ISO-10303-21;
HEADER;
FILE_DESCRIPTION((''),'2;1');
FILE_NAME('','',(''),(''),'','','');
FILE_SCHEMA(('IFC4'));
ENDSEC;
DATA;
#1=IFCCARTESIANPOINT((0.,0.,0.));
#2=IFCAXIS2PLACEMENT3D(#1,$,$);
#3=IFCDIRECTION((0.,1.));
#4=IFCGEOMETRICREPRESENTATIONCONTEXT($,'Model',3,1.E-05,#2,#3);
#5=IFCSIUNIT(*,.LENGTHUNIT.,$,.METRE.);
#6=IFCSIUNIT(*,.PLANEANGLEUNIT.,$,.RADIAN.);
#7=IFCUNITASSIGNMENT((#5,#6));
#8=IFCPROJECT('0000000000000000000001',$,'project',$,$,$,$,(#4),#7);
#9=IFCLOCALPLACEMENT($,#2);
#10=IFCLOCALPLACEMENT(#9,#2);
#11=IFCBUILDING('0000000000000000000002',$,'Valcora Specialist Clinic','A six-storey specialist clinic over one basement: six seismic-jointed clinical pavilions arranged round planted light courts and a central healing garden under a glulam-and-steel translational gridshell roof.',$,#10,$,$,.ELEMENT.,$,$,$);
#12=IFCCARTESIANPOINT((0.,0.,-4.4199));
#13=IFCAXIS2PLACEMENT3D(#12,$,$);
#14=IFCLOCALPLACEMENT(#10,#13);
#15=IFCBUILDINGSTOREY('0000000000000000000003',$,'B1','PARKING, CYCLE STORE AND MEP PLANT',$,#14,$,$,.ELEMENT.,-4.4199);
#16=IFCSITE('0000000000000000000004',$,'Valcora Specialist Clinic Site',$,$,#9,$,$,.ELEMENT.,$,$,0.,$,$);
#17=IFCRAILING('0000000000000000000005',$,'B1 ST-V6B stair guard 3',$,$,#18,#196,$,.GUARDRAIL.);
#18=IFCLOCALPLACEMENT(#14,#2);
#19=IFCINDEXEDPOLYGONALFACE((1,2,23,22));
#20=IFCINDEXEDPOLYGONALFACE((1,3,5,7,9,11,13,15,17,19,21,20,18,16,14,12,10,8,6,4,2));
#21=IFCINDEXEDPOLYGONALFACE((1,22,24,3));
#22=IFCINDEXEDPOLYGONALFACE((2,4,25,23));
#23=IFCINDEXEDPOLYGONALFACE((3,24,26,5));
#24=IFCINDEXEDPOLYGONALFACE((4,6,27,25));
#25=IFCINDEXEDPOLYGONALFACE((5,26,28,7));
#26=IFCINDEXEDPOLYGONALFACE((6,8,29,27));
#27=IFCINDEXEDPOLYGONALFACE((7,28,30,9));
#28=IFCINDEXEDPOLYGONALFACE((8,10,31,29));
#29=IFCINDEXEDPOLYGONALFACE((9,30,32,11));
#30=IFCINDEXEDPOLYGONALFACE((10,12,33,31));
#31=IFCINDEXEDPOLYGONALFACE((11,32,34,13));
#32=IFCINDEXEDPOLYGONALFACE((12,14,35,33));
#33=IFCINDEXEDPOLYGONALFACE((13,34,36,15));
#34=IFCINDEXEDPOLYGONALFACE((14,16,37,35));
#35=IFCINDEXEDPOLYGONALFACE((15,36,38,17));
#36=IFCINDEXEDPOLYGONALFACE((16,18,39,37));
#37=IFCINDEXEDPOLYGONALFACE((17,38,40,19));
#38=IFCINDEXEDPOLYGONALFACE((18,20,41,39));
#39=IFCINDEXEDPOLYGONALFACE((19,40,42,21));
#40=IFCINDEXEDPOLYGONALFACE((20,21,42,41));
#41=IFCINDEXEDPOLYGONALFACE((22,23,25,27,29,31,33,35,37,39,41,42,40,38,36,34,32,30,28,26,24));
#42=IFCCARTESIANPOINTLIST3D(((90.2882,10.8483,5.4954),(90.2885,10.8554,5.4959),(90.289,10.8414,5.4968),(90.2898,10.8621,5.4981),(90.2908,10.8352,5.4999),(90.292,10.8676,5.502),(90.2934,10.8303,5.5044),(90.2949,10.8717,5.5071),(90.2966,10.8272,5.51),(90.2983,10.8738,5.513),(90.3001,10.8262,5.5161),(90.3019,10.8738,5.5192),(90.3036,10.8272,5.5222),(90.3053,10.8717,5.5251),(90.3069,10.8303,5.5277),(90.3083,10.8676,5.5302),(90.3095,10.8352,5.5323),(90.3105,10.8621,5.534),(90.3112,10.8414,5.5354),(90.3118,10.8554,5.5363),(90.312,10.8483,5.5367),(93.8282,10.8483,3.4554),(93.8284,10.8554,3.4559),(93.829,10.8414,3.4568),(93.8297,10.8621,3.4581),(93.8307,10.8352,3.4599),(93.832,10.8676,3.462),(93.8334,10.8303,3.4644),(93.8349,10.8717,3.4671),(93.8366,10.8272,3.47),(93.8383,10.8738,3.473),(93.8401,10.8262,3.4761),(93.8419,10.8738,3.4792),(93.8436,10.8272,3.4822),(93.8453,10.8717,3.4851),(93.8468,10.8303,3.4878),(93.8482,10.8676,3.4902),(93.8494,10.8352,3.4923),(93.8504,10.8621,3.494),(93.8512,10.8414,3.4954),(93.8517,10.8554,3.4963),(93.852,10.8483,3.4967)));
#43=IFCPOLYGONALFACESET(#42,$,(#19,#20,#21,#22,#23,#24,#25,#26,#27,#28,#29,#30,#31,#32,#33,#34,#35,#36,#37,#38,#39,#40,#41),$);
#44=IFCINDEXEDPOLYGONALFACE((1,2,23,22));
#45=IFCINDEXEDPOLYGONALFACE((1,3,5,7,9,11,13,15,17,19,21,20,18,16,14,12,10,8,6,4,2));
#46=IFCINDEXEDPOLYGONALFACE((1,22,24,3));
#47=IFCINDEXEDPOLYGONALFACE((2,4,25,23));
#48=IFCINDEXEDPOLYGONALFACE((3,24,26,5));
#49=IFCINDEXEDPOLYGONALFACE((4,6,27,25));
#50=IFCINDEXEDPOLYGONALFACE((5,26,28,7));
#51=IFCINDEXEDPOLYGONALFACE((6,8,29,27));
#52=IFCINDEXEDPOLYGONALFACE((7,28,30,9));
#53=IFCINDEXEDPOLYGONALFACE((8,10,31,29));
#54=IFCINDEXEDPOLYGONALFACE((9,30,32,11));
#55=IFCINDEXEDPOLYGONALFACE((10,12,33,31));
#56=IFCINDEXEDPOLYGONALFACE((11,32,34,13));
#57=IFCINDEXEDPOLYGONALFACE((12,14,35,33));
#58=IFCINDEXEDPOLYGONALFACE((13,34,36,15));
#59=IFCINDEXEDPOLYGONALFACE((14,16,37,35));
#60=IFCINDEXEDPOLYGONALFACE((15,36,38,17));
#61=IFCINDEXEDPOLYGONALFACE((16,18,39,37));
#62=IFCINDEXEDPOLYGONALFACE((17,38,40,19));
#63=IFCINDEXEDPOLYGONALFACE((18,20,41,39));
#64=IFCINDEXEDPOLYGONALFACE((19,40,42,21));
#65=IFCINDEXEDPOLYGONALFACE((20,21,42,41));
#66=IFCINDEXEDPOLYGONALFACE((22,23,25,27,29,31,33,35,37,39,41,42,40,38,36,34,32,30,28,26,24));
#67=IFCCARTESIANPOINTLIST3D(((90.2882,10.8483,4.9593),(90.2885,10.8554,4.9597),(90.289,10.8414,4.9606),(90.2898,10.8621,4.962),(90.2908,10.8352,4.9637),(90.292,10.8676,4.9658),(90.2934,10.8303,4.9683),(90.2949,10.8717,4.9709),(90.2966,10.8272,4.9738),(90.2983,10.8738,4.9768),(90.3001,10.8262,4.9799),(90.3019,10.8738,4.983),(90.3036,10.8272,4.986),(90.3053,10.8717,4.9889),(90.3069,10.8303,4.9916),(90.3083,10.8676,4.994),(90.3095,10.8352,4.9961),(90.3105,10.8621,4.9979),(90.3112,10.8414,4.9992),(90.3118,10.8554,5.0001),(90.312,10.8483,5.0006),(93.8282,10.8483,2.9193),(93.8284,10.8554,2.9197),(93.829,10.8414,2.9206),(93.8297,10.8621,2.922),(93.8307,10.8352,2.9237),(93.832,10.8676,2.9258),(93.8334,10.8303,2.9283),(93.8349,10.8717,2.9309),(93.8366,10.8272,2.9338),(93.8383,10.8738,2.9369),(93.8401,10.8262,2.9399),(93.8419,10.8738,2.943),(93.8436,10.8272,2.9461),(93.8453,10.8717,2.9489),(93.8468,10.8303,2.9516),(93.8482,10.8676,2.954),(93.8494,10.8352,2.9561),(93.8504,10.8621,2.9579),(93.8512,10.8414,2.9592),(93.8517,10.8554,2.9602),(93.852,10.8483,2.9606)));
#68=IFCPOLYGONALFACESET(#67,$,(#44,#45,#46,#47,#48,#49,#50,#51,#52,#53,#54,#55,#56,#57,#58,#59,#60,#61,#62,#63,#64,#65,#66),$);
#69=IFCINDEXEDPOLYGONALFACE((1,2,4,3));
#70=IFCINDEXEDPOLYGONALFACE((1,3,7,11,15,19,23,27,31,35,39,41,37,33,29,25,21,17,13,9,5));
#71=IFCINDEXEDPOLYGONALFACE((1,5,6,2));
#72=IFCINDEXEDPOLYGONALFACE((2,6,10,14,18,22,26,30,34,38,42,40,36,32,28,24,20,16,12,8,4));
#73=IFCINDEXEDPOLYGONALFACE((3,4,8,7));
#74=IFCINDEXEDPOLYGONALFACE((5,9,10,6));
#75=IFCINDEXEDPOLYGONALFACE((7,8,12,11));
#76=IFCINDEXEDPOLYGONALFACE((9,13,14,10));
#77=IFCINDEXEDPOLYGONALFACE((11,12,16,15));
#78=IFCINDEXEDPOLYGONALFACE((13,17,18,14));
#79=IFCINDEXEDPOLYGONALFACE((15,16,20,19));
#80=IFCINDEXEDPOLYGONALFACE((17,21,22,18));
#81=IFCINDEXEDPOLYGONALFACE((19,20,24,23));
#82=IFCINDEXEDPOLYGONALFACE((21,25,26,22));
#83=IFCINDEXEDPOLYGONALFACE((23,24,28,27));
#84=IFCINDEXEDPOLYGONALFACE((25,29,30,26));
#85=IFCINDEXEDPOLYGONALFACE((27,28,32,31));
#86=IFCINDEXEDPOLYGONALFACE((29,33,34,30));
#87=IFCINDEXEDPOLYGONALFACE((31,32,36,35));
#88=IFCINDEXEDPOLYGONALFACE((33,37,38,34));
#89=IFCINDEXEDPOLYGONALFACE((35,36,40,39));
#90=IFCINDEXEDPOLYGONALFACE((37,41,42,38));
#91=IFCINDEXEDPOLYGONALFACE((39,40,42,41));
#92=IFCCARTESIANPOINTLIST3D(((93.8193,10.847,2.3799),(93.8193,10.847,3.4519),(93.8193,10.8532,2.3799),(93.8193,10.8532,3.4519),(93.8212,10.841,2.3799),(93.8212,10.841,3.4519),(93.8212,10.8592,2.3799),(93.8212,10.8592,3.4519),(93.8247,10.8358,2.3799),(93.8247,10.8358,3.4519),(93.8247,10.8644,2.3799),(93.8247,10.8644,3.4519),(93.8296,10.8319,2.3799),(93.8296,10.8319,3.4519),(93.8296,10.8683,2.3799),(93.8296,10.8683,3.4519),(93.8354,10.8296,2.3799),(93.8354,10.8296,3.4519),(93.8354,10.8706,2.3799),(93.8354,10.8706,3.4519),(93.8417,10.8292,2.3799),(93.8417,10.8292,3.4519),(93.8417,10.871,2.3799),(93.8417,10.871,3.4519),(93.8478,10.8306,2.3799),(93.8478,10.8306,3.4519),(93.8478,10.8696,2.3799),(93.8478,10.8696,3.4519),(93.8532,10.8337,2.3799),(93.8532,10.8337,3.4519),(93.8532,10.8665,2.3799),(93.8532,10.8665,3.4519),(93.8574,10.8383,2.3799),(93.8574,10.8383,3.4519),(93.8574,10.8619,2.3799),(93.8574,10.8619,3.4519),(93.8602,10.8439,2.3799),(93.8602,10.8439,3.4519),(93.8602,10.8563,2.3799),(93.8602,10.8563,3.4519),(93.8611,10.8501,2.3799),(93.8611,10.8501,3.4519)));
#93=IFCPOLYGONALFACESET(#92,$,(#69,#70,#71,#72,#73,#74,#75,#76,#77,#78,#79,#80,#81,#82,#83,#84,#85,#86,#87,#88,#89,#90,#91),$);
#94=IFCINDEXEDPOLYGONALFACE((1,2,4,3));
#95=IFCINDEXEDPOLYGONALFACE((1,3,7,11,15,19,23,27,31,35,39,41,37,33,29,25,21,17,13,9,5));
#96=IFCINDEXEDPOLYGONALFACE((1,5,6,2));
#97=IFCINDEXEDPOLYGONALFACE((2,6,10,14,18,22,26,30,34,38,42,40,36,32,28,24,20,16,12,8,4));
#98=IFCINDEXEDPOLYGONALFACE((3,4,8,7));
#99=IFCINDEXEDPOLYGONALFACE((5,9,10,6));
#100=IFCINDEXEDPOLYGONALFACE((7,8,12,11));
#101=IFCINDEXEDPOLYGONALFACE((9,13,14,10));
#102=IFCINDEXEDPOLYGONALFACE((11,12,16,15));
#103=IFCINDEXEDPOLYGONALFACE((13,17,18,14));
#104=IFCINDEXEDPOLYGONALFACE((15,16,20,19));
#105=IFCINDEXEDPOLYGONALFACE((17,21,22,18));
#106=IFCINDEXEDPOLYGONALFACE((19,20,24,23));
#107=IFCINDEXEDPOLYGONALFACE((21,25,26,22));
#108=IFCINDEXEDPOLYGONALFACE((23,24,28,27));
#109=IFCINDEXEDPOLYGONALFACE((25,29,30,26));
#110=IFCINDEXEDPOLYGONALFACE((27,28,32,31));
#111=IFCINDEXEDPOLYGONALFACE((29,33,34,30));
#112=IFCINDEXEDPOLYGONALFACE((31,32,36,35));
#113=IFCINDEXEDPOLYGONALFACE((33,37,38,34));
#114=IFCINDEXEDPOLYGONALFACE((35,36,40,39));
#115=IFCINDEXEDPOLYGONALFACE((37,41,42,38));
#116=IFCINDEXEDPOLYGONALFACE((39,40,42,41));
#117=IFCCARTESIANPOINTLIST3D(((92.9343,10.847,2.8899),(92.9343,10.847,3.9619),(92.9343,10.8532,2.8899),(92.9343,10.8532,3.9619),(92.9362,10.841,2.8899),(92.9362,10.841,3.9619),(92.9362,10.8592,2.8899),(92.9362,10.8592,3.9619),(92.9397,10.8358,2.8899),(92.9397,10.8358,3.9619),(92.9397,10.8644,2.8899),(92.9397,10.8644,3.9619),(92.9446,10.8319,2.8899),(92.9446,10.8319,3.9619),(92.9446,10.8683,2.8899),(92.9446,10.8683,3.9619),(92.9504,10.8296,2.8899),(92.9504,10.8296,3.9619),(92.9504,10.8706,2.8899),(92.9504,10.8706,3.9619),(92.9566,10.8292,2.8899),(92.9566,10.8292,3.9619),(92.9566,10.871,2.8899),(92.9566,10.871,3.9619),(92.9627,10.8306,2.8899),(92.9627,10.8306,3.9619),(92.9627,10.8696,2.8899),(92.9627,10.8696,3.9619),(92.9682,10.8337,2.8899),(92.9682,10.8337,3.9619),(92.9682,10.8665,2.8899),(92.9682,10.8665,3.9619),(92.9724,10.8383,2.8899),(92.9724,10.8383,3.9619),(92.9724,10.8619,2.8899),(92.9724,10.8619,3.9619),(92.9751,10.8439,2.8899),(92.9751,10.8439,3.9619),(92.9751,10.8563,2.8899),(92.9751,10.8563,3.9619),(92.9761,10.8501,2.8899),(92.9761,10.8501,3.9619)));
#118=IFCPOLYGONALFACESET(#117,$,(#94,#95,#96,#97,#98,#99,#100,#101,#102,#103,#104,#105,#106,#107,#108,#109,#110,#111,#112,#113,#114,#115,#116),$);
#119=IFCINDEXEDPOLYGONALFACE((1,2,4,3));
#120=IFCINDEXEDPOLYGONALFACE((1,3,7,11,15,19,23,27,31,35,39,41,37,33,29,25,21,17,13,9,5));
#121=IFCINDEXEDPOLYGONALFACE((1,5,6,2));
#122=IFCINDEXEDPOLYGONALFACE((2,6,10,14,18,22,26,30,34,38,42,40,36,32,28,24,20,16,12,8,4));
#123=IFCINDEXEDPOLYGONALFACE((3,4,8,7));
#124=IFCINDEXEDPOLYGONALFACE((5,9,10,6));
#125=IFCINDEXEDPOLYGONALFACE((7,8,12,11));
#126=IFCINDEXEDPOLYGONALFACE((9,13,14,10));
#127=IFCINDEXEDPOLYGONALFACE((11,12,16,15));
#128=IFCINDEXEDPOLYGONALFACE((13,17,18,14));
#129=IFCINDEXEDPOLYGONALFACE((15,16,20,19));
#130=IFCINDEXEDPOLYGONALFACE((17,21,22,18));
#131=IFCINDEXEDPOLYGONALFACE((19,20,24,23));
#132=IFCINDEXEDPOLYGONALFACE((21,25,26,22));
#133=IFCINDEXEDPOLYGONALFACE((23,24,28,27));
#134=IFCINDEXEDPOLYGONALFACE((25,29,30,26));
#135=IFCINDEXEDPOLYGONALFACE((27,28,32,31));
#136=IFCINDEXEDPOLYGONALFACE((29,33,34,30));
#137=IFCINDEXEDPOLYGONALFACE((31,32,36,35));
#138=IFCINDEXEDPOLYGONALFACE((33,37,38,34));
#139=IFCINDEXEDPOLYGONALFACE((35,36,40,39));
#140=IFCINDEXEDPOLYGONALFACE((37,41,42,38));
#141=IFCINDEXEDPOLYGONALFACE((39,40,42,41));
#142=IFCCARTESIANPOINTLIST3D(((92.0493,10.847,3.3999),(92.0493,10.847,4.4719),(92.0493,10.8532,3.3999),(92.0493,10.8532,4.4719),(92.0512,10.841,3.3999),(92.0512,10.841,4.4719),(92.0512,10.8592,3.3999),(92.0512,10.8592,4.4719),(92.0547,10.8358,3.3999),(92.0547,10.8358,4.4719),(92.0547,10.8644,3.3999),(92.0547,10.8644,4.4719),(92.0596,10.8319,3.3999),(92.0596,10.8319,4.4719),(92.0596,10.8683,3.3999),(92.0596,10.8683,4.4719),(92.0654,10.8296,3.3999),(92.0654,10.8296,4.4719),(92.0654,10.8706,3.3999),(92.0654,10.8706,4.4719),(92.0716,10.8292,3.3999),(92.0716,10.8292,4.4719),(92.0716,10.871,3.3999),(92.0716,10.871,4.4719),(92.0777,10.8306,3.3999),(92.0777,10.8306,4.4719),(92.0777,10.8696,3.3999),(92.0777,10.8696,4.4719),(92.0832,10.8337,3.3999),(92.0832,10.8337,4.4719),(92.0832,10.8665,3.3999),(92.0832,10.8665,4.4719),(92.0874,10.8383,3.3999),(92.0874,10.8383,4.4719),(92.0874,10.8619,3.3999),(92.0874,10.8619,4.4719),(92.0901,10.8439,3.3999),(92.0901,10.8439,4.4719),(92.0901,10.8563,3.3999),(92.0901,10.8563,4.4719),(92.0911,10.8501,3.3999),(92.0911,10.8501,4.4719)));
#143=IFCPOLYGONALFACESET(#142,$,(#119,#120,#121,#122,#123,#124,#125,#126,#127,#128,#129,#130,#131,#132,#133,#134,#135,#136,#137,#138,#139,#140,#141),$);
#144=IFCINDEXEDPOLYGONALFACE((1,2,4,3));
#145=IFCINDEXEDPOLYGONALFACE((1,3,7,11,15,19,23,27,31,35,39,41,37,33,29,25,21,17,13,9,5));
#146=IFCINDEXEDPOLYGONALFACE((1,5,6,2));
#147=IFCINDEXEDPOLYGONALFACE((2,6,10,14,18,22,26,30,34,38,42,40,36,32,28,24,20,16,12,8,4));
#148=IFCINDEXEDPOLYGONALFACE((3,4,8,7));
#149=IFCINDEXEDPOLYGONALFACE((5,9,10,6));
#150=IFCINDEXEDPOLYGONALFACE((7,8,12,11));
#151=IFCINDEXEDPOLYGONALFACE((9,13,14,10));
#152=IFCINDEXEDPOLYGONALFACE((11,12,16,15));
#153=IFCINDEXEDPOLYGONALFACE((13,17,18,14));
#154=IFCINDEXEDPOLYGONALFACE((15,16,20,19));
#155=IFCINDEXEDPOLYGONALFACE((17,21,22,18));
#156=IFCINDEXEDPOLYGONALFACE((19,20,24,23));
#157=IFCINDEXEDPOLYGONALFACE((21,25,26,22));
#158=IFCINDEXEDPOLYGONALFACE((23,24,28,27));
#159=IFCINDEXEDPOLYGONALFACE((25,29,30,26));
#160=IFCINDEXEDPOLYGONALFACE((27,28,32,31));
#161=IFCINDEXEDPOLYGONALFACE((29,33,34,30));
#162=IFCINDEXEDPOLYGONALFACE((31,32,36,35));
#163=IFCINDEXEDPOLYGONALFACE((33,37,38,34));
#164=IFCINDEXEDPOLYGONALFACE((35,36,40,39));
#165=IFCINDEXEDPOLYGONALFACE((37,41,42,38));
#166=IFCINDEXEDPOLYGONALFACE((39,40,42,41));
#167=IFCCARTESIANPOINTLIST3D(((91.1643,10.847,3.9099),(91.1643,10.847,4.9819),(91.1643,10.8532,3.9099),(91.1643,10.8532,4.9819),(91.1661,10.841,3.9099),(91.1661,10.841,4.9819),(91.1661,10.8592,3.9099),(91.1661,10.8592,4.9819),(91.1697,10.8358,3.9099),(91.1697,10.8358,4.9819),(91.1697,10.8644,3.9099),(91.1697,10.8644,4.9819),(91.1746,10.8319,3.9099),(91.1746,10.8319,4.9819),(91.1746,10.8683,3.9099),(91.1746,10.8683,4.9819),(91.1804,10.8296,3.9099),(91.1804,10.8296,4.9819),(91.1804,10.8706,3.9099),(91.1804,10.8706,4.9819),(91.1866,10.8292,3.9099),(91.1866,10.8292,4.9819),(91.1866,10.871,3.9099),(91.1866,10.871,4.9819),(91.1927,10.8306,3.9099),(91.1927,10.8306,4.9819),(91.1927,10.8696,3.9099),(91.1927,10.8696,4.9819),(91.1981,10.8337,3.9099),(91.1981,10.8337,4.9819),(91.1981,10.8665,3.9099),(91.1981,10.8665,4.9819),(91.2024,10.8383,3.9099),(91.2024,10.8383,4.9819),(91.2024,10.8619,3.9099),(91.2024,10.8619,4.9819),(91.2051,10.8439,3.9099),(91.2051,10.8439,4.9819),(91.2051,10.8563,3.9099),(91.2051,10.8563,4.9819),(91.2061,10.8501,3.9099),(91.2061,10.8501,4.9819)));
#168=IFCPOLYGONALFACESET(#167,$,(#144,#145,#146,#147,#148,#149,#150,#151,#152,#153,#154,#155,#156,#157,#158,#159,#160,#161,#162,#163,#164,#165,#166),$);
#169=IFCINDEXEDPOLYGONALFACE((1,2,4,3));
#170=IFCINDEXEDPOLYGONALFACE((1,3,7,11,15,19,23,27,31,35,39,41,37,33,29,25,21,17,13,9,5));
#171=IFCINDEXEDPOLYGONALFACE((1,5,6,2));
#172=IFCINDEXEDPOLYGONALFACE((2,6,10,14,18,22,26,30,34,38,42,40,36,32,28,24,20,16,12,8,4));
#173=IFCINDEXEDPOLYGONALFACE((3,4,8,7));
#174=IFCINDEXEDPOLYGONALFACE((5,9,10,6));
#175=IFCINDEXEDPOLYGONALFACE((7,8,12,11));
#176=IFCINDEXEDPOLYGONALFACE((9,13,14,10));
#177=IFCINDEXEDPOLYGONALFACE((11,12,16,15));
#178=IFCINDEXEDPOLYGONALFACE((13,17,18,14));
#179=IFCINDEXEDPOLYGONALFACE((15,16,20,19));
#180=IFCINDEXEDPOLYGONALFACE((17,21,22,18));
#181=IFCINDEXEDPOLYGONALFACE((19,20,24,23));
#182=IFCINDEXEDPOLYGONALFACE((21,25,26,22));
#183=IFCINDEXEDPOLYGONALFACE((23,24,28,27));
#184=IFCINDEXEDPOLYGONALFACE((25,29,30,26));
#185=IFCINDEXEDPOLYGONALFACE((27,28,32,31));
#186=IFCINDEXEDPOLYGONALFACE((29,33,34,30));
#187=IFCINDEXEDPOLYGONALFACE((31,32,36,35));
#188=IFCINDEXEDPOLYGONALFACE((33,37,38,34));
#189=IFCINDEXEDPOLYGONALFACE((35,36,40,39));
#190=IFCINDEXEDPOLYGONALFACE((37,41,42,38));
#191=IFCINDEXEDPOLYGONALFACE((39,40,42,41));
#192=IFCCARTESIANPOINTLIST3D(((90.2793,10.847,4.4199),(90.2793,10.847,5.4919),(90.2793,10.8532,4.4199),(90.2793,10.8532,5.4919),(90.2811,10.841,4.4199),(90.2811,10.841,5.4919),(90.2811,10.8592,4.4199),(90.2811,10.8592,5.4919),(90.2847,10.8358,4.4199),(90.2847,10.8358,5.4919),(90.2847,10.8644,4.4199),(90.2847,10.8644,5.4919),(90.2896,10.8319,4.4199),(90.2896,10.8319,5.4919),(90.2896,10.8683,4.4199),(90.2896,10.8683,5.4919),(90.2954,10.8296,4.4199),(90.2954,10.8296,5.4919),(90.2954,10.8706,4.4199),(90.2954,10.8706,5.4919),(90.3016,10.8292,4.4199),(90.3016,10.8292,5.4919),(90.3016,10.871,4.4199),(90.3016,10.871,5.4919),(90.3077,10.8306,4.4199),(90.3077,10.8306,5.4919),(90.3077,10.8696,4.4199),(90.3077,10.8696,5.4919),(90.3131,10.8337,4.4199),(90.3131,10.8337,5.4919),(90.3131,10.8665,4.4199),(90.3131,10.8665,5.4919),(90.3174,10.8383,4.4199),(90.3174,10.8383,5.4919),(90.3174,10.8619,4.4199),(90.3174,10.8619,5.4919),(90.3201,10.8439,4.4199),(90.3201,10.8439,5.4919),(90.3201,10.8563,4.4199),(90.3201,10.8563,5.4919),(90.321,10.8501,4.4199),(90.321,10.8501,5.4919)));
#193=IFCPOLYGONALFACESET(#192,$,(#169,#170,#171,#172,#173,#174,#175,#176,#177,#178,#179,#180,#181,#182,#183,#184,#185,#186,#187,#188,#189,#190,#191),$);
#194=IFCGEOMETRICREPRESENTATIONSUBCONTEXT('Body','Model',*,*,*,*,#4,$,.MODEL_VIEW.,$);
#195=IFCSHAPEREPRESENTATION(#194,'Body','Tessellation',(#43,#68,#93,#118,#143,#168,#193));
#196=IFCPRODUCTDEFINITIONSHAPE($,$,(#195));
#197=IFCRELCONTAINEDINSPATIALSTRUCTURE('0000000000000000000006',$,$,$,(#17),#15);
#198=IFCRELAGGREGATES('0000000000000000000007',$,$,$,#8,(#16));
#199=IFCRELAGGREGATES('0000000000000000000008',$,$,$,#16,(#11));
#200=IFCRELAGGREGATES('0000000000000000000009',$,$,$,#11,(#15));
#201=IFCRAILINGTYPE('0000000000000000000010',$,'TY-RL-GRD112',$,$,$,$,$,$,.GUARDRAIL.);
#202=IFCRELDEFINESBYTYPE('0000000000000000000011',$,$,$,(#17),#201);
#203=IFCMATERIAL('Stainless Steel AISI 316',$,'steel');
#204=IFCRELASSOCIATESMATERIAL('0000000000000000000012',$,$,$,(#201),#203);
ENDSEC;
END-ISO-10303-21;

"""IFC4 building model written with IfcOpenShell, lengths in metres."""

from ifc_helpers import new_model, si_unit, direction, frame, origin, origin_2d, place, context, subcontext, project, spatial, circle, extrude, material, type_object, element, save


model = new_model("IFC4")

# Units and contexts
model_context = context("Model", 3, precision=1e-05, world=origin(), true_north=direction((0.0, 1.0)))
body_context = subcontext(model_context, "Body", "Model", "MODEL_VIEW")
ifc_project = project(units=[si_unit("LENGTHUNIT", "METRE"), si_unit("PLANEANGLEUNIT", "RADIAN")], contexts=[model_context])

# Site, building, storey
site_placement = place(None, origin())
site = spatial("IfcSite", under=ifc_project, at=site_placement, Name="Valcora Specialist Clinic Site", CompositionType="ELEMENT", RefElevation=0.0)
building_placement = place(site_placement, origin())
building = spatial("IfcBuilding", under=site, at=building_placement, Name="Valcora Specialist Clinic", Description="A six-storey specialist clinic over one basement: six seismic-jointed clinical pavilions arranged round planted light courts and a central healing garden under a glulam-and-steel translational gridshell roof.", CompositionType="ELEMENT")
storey_placement = place(building_placement, frame((0.0, 0.0, -4.4199)))
storey = spatial("IfcBuildingStorey", under=building, at=storey_placement, Name="B1", Description="PARKING, CYCLE STORE AND MEP PLANT", CompositionType="ELEMENT", Elevation=-4.4199)

# Railing
ifc_material_1 = material(Name="Stainless Steel AISI 316", Category="steel")
railing_type_1 = type_object("IfcRailingType", Name="TY-RL-GRD112", PredefinedType="GUARDRAIL", material=ifc_material_1)
railing_1_placement = place(storey_placement, frame((93.8401, 10.8501, 2.3799)))
element("IfcRailing", 1, at=railing_1_placement, inside=storey, type_object=railing_type_1, Name="B1 ST-V6B stair guard 3", PredefinedType="GUARDRAIL", context=body_context, shape_type="SweptSolid", body=[
    extrude(circle(Radius=0.0239, at=origin_2d()), frame((0.0, 0.0, 1.0962), z_axis=(-0.866428, 0.0, 0.499302), x_axis=(0.0, -1.0, 0.0)), (0.0, 0.0, 1.0), 4.0857),
    extrude(circle(Radius=0.0239, at=origin_2d()), frame((0.0, 0.0, 0.5601), z_axis=(-0.866428, 0.0, 0.499302), x_axis=(0.0, -1.0, 0.0)), (0.0, 0.0, 1.0), 4.0857),
    extrude(circle(Radius=0.021, at=origin_2d()), origin(), (0.0, 0.0, 1.0), 1.072),
    extrude(circle(Radius=0.021, at=origin_2d()), frame((-0.885, 0.0, 0.51)), (0.0, 0.0, 1.0), 1.072),
    extrude(circle(Radius=0.021, at=origin_2d()), frame((-1.77, 0.0, 1.02)), (0.0, 0.0, 1.0), 1.072),
    extrude(circle(Radius=0.021, at=origin_2d()), frame((-2.655, 0.0, 1.53)), (0.0, 0.0, 1.0), 1.072),
    extrude(circle(Radius=0.021, at=origin_2d()), frame((-3.54, 0.0, 2.04)), (0.0, 0.0, 1.0), 1.072),
])

save(model, "model.ifc")
